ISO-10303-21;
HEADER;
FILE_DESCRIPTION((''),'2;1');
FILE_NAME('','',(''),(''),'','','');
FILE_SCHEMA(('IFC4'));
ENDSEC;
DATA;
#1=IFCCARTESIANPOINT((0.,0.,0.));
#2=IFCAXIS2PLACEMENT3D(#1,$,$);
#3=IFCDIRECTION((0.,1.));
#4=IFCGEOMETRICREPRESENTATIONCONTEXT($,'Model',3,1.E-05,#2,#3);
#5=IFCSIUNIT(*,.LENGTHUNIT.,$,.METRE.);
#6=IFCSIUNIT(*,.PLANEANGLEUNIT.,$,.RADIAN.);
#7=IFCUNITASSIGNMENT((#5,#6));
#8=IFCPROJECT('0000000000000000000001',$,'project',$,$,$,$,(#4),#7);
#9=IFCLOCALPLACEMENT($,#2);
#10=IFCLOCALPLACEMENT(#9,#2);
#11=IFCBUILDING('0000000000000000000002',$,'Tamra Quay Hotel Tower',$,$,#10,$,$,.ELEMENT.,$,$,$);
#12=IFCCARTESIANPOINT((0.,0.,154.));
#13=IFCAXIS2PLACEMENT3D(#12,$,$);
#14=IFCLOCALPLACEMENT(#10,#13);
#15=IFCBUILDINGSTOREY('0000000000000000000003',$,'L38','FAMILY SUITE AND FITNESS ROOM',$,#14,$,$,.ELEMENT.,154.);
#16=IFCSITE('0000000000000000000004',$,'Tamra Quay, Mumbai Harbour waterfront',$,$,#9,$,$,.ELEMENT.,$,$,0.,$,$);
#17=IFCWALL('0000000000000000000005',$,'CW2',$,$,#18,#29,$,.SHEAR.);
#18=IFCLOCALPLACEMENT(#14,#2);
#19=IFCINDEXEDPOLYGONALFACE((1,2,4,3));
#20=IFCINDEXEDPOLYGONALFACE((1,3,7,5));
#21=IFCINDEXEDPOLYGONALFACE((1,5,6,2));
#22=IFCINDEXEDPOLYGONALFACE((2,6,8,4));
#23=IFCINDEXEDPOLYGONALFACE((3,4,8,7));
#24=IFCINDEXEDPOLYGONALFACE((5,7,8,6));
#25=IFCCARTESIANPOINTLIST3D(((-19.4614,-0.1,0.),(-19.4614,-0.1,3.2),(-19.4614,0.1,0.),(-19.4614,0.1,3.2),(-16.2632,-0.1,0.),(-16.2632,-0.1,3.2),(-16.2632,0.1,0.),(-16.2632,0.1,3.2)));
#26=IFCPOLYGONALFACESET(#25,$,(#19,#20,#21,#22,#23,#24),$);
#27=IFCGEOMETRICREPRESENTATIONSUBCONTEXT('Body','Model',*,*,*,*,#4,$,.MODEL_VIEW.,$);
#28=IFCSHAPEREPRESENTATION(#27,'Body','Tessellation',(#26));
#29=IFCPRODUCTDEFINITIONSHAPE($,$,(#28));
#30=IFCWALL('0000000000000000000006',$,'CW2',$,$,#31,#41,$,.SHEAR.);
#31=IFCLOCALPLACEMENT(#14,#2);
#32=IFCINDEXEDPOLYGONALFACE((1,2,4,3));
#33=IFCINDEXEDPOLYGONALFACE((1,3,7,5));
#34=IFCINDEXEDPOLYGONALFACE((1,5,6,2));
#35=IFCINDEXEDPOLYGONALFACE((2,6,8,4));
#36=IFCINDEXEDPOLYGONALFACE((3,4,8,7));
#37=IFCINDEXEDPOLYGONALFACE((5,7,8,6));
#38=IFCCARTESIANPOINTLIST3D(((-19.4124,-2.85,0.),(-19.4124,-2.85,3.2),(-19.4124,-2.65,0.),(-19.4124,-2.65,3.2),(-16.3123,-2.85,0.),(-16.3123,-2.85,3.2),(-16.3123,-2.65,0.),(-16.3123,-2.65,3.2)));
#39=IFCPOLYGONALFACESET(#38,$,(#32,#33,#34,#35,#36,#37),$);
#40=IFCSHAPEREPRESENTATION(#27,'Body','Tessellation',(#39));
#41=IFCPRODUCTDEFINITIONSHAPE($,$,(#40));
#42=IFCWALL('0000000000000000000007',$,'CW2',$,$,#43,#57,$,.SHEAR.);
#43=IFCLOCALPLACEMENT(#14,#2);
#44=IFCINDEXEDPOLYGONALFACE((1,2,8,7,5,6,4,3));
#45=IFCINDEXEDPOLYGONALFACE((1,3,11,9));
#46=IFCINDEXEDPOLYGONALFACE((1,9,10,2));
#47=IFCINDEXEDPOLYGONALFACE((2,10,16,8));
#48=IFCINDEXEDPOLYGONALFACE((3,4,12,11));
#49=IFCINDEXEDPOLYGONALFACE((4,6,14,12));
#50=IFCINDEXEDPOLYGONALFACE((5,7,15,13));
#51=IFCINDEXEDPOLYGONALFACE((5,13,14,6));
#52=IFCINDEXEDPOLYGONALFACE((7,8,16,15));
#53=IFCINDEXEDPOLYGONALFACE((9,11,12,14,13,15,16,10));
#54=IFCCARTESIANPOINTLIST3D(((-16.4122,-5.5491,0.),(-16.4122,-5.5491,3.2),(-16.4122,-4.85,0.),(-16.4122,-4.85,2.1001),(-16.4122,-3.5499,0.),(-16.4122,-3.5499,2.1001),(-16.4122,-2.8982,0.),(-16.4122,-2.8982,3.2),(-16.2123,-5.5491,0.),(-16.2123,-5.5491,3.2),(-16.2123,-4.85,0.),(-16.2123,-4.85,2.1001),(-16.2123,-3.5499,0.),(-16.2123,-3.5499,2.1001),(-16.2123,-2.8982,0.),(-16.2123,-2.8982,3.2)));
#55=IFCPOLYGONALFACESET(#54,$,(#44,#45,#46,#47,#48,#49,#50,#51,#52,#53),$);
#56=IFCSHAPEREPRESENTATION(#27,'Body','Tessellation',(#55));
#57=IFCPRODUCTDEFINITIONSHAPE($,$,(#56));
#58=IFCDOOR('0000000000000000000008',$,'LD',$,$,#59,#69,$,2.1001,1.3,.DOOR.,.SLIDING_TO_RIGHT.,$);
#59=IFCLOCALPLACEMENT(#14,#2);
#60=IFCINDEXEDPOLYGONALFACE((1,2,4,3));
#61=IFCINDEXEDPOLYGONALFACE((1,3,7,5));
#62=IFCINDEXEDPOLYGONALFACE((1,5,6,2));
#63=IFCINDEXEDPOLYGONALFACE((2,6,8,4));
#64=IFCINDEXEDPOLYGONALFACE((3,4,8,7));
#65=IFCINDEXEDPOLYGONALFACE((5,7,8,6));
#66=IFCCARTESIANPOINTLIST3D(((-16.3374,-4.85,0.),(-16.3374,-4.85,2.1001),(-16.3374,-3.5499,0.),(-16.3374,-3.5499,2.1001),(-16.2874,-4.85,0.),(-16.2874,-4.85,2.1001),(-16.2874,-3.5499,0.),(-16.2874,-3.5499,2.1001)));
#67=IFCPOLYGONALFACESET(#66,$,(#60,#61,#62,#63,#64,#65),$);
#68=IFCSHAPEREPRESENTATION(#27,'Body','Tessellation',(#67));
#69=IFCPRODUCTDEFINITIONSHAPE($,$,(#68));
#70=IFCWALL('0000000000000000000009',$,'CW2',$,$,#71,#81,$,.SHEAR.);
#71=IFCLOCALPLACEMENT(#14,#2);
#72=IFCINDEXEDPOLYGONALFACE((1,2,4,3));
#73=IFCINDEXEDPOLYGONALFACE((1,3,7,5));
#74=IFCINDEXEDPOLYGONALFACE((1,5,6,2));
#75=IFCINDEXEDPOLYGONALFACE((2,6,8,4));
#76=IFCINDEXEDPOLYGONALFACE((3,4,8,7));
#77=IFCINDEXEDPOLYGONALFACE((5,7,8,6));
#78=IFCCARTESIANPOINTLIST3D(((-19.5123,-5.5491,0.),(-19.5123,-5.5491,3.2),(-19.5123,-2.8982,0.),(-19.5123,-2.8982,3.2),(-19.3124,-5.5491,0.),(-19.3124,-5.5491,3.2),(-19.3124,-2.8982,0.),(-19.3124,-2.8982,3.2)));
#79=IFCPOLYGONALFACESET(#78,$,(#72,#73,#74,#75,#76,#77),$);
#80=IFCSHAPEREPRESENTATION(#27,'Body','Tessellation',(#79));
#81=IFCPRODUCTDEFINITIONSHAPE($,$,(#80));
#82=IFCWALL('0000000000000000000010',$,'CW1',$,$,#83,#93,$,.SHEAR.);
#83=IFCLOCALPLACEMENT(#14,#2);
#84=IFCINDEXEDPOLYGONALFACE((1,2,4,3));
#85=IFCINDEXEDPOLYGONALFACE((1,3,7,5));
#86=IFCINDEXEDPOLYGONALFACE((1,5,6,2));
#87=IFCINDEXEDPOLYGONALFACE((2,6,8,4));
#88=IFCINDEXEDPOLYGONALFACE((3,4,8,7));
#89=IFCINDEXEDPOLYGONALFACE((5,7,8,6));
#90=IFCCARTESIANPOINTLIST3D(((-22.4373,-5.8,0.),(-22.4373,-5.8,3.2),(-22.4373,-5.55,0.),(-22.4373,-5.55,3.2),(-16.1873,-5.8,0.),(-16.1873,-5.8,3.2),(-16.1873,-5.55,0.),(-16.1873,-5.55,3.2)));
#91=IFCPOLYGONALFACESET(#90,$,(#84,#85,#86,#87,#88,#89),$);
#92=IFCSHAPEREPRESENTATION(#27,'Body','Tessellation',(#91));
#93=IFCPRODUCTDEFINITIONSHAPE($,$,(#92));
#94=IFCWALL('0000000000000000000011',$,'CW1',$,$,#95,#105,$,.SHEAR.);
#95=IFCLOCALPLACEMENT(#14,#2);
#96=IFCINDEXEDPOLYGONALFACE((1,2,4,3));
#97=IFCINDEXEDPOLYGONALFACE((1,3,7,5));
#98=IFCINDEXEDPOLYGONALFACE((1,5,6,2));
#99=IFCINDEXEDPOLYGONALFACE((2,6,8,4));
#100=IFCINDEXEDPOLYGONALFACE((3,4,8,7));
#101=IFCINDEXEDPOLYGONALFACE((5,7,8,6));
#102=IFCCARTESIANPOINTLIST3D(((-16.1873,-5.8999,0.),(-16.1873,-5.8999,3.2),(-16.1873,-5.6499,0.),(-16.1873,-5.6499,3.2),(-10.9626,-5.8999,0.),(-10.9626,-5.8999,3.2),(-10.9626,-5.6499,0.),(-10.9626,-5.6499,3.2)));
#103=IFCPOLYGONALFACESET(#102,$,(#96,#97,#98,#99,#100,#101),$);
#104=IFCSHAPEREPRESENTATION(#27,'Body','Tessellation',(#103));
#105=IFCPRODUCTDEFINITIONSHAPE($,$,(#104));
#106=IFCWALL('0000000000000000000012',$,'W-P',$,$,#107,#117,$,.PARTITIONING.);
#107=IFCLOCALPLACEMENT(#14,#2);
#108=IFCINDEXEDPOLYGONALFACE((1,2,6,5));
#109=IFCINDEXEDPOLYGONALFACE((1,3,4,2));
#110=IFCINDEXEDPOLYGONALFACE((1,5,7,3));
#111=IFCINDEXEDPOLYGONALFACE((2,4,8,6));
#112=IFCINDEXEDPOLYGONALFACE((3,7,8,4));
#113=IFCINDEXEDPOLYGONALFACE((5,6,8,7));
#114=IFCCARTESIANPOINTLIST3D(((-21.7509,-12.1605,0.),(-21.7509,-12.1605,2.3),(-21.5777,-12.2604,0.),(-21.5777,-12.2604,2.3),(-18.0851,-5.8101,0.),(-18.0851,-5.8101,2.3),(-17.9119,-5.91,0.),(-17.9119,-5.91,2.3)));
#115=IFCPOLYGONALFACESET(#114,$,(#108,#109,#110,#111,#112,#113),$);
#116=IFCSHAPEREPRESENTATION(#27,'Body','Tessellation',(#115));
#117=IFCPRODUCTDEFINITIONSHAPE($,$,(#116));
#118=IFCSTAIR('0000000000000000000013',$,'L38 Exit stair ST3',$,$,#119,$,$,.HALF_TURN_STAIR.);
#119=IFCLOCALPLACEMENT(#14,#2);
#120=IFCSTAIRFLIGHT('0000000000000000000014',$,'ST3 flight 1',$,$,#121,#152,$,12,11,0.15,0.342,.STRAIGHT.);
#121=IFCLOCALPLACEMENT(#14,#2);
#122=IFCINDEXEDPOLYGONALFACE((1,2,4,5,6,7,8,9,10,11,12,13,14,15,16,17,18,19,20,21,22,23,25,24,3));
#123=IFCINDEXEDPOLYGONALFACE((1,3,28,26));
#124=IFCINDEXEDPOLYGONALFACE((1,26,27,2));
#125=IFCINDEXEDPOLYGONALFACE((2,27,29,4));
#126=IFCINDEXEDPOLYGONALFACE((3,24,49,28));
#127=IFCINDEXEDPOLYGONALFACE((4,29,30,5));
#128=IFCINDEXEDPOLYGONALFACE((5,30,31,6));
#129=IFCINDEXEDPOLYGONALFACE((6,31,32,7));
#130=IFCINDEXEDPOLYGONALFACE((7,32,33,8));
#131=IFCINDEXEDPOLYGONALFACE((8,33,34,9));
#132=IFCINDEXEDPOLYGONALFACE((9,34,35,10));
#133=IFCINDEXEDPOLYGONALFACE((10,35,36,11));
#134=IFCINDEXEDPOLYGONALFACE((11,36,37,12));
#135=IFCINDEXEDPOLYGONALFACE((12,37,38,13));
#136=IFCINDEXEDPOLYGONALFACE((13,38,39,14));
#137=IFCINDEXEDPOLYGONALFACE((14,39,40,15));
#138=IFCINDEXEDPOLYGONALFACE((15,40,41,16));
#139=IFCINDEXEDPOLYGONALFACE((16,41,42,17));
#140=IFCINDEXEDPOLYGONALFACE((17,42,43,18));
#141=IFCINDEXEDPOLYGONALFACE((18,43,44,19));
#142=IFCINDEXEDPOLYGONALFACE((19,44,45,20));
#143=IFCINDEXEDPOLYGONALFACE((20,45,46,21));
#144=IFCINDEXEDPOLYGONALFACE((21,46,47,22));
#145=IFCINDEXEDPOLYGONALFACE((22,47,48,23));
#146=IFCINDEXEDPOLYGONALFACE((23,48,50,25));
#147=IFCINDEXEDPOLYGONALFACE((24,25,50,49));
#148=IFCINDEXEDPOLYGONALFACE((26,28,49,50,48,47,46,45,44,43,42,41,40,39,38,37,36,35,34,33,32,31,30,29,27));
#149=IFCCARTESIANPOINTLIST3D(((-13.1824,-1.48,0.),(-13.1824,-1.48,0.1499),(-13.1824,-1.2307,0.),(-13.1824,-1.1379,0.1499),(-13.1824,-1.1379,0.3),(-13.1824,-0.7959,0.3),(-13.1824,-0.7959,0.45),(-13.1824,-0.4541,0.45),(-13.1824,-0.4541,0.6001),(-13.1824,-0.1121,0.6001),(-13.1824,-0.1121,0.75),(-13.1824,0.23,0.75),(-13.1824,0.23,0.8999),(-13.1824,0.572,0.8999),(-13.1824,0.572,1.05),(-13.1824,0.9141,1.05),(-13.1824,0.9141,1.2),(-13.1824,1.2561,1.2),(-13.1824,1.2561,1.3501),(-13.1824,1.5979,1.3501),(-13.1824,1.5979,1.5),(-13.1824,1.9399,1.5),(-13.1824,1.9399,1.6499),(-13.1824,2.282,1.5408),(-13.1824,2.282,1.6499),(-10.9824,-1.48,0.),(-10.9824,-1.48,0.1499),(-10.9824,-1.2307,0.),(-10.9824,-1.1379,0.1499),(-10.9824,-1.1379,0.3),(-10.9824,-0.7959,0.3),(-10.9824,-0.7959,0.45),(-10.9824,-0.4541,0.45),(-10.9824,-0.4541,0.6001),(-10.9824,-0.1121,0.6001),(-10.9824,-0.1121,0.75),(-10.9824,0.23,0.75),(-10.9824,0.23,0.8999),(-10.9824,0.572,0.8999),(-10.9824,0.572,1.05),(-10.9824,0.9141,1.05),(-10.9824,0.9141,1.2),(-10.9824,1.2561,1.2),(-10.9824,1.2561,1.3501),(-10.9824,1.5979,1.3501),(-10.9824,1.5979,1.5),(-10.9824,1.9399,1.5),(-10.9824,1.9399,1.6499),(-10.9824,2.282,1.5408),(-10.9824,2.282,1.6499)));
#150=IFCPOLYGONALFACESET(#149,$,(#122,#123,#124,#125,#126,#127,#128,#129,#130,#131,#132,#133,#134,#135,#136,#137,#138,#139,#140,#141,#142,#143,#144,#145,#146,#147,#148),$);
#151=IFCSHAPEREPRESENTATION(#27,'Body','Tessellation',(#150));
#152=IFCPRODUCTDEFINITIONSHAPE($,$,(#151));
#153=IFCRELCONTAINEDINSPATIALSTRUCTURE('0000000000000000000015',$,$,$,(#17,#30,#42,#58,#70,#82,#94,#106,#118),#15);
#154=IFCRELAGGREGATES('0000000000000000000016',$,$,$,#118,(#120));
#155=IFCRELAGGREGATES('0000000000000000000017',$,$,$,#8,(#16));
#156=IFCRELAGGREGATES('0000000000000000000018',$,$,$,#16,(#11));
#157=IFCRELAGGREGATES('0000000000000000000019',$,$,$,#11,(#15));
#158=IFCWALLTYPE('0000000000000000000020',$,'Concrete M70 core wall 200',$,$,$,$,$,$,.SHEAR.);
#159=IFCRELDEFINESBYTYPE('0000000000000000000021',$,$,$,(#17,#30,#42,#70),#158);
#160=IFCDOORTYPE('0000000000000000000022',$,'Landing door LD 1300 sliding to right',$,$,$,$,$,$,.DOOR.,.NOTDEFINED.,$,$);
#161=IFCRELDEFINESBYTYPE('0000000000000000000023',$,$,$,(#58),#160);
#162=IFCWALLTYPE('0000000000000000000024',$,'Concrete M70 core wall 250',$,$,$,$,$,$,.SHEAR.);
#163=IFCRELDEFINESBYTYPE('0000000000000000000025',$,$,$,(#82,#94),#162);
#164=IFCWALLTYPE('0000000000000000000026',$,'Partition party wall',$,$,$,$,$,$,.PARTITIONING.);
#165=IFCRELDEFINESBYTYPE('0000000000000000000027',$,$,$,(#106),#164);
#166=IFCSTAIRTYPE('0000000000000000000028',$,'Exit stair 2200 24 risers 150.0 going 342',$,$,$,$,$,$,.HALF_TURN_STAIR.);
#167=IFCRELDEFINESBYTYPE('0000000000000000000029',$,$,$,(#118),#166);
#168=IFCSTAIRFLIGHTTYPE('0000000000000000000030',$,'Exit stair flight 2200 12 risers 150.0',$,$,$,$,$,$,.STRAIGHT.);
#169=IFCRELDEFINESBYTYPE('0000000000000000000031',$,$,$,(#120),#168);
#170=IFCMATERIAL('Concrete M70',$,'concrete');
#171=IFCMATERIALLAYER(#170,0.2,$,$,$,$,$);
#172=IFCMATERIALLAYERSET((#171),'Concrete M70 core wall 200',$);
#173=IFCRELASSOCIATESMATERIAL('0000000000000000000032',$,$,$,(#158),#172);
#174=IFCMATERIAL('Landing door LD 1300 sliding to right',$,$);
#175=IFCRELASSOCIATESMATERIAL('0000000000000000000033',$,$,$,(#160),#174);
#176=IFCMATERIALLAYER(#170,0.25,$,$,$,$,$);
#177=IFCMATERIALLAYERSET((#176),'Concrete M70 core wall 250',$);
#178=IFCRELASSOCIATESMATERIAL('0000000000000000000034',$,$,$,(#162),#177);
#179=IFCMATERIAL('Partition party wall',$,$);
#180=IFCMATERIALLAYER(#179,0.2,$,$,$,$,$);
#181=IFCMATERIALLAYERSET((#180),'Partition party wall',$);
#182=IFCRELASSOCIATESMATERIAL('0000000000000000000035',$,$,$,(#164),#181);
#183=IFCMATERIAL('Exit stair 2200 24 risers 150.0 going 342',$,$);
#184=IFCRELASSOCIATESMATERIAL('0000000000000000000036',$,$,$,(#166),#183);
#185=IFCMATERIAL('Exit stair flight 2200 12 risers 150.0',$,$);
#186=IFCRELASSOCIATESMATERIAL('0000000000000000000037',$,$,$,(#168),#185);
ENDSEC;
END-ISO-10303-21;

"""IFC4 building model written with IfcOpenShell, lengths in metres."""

from ifc_helpers import new_model, si_unit, direction, frame, frame_2d, origin, place, context, subcontext, project, spatial, polyline, rectangle, outline, extrude, material, layer, layer_set, type_object, element, fill, aggregate, save


model = new_model("IFC4")

# Units and contexts
model_context = context("Model", 3, precision=1e-05, world=origin(), true_north=direction((0.0, 1.0)))
body_context = subcontext(model_context, "Body", "Model", "MODEL_VIEW")
ifc_project = project(units=[si_unit("LENGTHUNIT", "METRE"), si_unit("PLANEANGLEUNIT", "RADIAN")], contexts=[model_context])

# Site, building, storey
site_placement = place(None, origin())
site = spatial("IfcSite", under=ifc_project, at=site_placement, Name="Tamra Quay, Mumbai Harbour waterfront", CompositionType="ELEMENT", RefElevation=0.0)
building_placement = place(site_placement, origin())
building = spatial("IfcBuilding", under=site, at=building_placement, Name="Tamra Quay Hotel Tower", CompositionType="ELEMENT")
storey_placement = place(building_placement, frame((0.0, 0.0, 154.0)))
storey = spatial("IfcBuildingStorey", under=building, at=storey_placement, Name="L38", Description="FAMILY SUITE AND FITNESS ROOM", CompositionType="ELEMENT", Elevation=154.0)

# Shared definitions
ifc_material_1 = material(Name="Concrete M70", Category="concrete")

# Shared definitions
ifc_layer_1 = layer(ifc_material_1, 0.2)
ifc_layer_set_1 = layer_set([ifc_layer_1], Name="Concrete M70 core wall 200")
wall_type_1 = type_object("IfcWallType", Name="Concrete M70 core wall 200", PredefinedType="SHEAR", material=ifc_layer_set_1)

# Walls
wall_1_placement = place(storey_placement, frame((-16.2632, 0.0, 0.0), z_axis=(0.0, 0.0, 1.0), x_axis=(-1.0, 0.0, 0.0)))
element("IfcWall", 1, at=wall_1_placement, inside=storey, type_object=wall_type_1, Name="CW2", PredefinedType="SHEAR", context=body_context, shape_type="SweptSolid", body=[
    extrude(rectangle(XDim=3.1982, YDim=0.2, at=frame_2d((1.5991, 0.0))), origin(), (0.0, 0.0, 1.0), 3.2),
])
wall_2_placement = place(storey_placement, frame((-19.4124, -2.75, 0.0), z_axis=(0.0, 0.0, 1.0), x_axis=(1.0, 0.0, 0.0)))
element("IfcWall", 2, at=wall_2_placement, inside=storey, type_object=wall_type_1, Name="CW2", PredefinedType="SHEAR", context=body_context, shape_type="SweptSolid", body=[
    extrude(rectangle(XDim=3.1001, YDim=0.2, at=frame_2d((1.55, 0.0))), origin(), (0.0, 0.0, 1.0), 3.2),
])

# Wall, opening, door
wall_3_placement = place(storey_placement, frame((-16.3123, -2.8982, 0.0), z_axis=(0.0, 0.0, 1.0), x_axis=(0.0, -1.0, 0.0)))
wall_3 = element("IfcWall", 3, at=wall_3_placement, inside=storey, type_object=wall_type_1, Name="CW2", PredefinedType="SHEAR", context=body_context, shape_type="SweptSolid", body=[
    extrude(rectangle(XDim=2.6509, YDim=0.2, at=frame_2d((1.3254, 0.0))), origin(), (0.0, 0.0, 1.0), 3.2),
])
opening_1_placement = place(wall_3_placement, frame((0.6519, 0.0, 0.0)))
opening_1 = element("IfcOpeningElement", 4, at=opening_1_placement, cuts=wall_3, PredefinedType="OPENING", context=body_context, shape_type="SweptSolid", body=[
    extrude(rectangle(XDim=1.3, YDim=2.1001, at=frame_2d((0.6499, 1.05))), frame((0.0, 0.1099, 0.0), z_axis=(0.0, -1.0, 0.0), x_axis=(1.0, 0.0, 0.0)), (0.0, 0.0, 1.0), 0.22),
])
ifc_material_2 = material(Name="Landing door LD 1300 sliding to right")
door_type_1 = type_object("IfcDoorType", Name="Landing door LD 1300 sliding to right", OperationType="NOTDEFINED", PredefinedType="DOOR", material=ifc_material_2)
door_1_placement = place(opening_1_placement, origin())
door_1 = element("IfcDoor", 5, at=door_1_placement, inside=storey, type_object=door_type_1, Name="LD", OperationType="SLIDING_TO_RIGHT", OverallHeight=2.1001, OverallWidth=1.3, PredefinedType="DOOR", context=body_context, shape_type="SweptSolid", body=[
    extrude(rectangle(XDim=1.3, YDim=2.1001, at=frame_2d((0.6499, 1.05))), frame((0.0, 0.0249, 0.0), z_axis=(0.0, -1.0, 0.0), x_axis=(1.0, 0.0, 0.0)), (0.0, 0.0, 1.0), 0.05),
])
fill(opening_1, door_1)

# Walls
wall_4_placement = place(storey_placement, frame((-19.4124, -5.5491, 0.0), z_axis=(0.0, 0.0, 1.0), x_axis=(0.0, 1.0, 0.0)))
element("IfcWall", 6, at=wall_4_placement, inside=storey, type_object=wall_type_1, Name="CW2", PredefinedType="SHEAR", context=body_context, shape_type="SweptSolid", body=[
    extrude(rectangle(XDim=2.6509, YDim=0.2, at=frame_2d((1.3254, 0.0))), origin(), (0.0, 0.0, 1.0), 3.2),
])
ifc_layer_2 = layer(ifc_material_1, 0.25)
ifc_layer_set_2 = layer_set([ifc_layer_2], Name="Concrete M70 core wall 250")
wall_type_2 = type_object("IfcWallType", Name="Concrete M70 core wall 250", PredefinedType="SHEAR", material=ifc_layer_set_2)
wall_5_placement = place(storey_placement, frame((-16.1873, -5.675, 0.0), z_axis=(0.0, 0.0, 1.0), x_axis=(-1.0, 0.0, 0.0)))
element("IfcWall", 7, at=wall_5_placement, inside=storey, type_object=wall_type_2, Name="CW1", PredefinedType="SHEAR", context=body_context, shape_type="SweptSolid", body=[
    extrude(rectangle(XDim=6.25, YDim=0.25, at=frame_2d((3.125, 0.0))), origin(), (0.0, 0.0, 1.0), 3.2),
])
wall_6_placement = place(storey_placement, frame((-10.9626, -5.7749, 0.0), z_axis=(0.0, 0.0, 1.0), x_axis=(-1.0, 0.0, 0.0)))
element("IfcWall", 8, at=wall_6_placement, inside=storey, type_object=wall_type_2, Name="CW1", PredefinedType="SHEAR", context=body_context, shape_type="SweptSolid", body=[
    extrude(rectangle(XDim=5.2246, YDim=0.25, at=frame_2d((2.6123, 0.0))), origin(), (0.0, 0.0, 1.0), 3.2),
])
ifc_material_3 = material(Name="Partition party wall")
ifc_layer_3 = layer(ifc_material_3, 0.2)
ifc_layer_set_3 = layer_set([ifc_layer_3], Name="Partition party wall")
wall_type_3 = type_object("IfcWallType", Name="Partition party wall", PredefinedType="PARTITIONING", material=ifc_layer_set_3)
wall_7_placement = place(storey_placement, frame((-21.6643, -12.2104, 0.0), z_axis=(0.0, 0.0, 1.0), x_axis=(0.499939, 0.866061, 0.0)))
element("IfcWall", 9, at=wall_7_placement, inside=storey, type_object=wall_type_3, Name="W-P", PredefinedType="PARTITIONING", context=body_context, shape_type="SweptSolid", body=[
    extrude(rectangle(XDim=7.3325, YDim=0.2, at=frame_2d((3.6663, 0.0))), origin(), (0.0, 0.0, 1.0), 2.3),
])

# Stair, stair flight
ifc_material_4 = material(Name="Exit stair 2200 24 risers 150.0 going 342")
stair_type = type_object("IfcStairType", Name="Exit stair 2200 24 risers 150.0 going 342", PredefinedType="HALF_TURN_STAIR", material=ifc_material_4)
stair_placement = place(storey_placement, origin())
stair = element("IfcStair", 10, at=stair_placement, inside=storey, type_object=stair_type, Name="L38 Exit stair ST3", PredefinedType="HALF_TURN_STAIR")
ifc_material_5 = material(Name="Exit stair flight 2200 12 risers 150.0")
stair_flight_type = type_object("IfcStairFlightType", Name="Exit stair flight 2200 12 risers 150.0", PredefinedType="STRAIGHT", material=ifc_material_5)
stair_flight_placement = place(storey_placement, frame((-12.0823, -1.48, 0.0), z_axis=(0.0, 0.0, 1.0), x_axis=(0.0, 1.0, 0.0)))
stair_flight = element("IfcStairFlight", 11, at=stair_flight_placement, type_object=stair_flight_type, Name="ST3 flight 1", NumberOfRisers=12, NumberOfTreads=11, PredefinedType="STRAIGHT", RiserHeight=0.15, TreadLength=0.342, context=body_context, shape_type="SweptSolid", body=[
    extrude(outline(polyline([(0.0, 0.0), (0.0, 0.1499), (0.342, 0.1499), (0.342, 0.3), (0.6841, 0.3), (0.6841, 0.45), (1.0259, 0.45), (1.0259, 0.6001), (1.3679, 0.6001), (1.3679, 0.75), (1.71, 0.75), (1.71, 0.8999), (2.052, 0.8999), (2.052, 1.05), (2.394, 1.05), (2.394, 1.2), (2.7361, 1.2), (2.7361, 1.3501), (3.0779, 1.3501), (3.0779, 1.5), (3.4199, 1.5), (3.4199, 1.6499), (3.762, 1.6499), (3.762, 1.8), (3.762, 1.5408), (0.2493, 0.0), (0.0, 0.0)])), frame((0.0, 1.1001, 0.0), z_axis=(0.0, -1.0, 0.0), x_axis=(1.0, 0.0, 0.0)), (0.0, 0.0, 1.0), 2.2),
])
aggregate(stair, [stair_flight])

save(model, "model.ifc")
